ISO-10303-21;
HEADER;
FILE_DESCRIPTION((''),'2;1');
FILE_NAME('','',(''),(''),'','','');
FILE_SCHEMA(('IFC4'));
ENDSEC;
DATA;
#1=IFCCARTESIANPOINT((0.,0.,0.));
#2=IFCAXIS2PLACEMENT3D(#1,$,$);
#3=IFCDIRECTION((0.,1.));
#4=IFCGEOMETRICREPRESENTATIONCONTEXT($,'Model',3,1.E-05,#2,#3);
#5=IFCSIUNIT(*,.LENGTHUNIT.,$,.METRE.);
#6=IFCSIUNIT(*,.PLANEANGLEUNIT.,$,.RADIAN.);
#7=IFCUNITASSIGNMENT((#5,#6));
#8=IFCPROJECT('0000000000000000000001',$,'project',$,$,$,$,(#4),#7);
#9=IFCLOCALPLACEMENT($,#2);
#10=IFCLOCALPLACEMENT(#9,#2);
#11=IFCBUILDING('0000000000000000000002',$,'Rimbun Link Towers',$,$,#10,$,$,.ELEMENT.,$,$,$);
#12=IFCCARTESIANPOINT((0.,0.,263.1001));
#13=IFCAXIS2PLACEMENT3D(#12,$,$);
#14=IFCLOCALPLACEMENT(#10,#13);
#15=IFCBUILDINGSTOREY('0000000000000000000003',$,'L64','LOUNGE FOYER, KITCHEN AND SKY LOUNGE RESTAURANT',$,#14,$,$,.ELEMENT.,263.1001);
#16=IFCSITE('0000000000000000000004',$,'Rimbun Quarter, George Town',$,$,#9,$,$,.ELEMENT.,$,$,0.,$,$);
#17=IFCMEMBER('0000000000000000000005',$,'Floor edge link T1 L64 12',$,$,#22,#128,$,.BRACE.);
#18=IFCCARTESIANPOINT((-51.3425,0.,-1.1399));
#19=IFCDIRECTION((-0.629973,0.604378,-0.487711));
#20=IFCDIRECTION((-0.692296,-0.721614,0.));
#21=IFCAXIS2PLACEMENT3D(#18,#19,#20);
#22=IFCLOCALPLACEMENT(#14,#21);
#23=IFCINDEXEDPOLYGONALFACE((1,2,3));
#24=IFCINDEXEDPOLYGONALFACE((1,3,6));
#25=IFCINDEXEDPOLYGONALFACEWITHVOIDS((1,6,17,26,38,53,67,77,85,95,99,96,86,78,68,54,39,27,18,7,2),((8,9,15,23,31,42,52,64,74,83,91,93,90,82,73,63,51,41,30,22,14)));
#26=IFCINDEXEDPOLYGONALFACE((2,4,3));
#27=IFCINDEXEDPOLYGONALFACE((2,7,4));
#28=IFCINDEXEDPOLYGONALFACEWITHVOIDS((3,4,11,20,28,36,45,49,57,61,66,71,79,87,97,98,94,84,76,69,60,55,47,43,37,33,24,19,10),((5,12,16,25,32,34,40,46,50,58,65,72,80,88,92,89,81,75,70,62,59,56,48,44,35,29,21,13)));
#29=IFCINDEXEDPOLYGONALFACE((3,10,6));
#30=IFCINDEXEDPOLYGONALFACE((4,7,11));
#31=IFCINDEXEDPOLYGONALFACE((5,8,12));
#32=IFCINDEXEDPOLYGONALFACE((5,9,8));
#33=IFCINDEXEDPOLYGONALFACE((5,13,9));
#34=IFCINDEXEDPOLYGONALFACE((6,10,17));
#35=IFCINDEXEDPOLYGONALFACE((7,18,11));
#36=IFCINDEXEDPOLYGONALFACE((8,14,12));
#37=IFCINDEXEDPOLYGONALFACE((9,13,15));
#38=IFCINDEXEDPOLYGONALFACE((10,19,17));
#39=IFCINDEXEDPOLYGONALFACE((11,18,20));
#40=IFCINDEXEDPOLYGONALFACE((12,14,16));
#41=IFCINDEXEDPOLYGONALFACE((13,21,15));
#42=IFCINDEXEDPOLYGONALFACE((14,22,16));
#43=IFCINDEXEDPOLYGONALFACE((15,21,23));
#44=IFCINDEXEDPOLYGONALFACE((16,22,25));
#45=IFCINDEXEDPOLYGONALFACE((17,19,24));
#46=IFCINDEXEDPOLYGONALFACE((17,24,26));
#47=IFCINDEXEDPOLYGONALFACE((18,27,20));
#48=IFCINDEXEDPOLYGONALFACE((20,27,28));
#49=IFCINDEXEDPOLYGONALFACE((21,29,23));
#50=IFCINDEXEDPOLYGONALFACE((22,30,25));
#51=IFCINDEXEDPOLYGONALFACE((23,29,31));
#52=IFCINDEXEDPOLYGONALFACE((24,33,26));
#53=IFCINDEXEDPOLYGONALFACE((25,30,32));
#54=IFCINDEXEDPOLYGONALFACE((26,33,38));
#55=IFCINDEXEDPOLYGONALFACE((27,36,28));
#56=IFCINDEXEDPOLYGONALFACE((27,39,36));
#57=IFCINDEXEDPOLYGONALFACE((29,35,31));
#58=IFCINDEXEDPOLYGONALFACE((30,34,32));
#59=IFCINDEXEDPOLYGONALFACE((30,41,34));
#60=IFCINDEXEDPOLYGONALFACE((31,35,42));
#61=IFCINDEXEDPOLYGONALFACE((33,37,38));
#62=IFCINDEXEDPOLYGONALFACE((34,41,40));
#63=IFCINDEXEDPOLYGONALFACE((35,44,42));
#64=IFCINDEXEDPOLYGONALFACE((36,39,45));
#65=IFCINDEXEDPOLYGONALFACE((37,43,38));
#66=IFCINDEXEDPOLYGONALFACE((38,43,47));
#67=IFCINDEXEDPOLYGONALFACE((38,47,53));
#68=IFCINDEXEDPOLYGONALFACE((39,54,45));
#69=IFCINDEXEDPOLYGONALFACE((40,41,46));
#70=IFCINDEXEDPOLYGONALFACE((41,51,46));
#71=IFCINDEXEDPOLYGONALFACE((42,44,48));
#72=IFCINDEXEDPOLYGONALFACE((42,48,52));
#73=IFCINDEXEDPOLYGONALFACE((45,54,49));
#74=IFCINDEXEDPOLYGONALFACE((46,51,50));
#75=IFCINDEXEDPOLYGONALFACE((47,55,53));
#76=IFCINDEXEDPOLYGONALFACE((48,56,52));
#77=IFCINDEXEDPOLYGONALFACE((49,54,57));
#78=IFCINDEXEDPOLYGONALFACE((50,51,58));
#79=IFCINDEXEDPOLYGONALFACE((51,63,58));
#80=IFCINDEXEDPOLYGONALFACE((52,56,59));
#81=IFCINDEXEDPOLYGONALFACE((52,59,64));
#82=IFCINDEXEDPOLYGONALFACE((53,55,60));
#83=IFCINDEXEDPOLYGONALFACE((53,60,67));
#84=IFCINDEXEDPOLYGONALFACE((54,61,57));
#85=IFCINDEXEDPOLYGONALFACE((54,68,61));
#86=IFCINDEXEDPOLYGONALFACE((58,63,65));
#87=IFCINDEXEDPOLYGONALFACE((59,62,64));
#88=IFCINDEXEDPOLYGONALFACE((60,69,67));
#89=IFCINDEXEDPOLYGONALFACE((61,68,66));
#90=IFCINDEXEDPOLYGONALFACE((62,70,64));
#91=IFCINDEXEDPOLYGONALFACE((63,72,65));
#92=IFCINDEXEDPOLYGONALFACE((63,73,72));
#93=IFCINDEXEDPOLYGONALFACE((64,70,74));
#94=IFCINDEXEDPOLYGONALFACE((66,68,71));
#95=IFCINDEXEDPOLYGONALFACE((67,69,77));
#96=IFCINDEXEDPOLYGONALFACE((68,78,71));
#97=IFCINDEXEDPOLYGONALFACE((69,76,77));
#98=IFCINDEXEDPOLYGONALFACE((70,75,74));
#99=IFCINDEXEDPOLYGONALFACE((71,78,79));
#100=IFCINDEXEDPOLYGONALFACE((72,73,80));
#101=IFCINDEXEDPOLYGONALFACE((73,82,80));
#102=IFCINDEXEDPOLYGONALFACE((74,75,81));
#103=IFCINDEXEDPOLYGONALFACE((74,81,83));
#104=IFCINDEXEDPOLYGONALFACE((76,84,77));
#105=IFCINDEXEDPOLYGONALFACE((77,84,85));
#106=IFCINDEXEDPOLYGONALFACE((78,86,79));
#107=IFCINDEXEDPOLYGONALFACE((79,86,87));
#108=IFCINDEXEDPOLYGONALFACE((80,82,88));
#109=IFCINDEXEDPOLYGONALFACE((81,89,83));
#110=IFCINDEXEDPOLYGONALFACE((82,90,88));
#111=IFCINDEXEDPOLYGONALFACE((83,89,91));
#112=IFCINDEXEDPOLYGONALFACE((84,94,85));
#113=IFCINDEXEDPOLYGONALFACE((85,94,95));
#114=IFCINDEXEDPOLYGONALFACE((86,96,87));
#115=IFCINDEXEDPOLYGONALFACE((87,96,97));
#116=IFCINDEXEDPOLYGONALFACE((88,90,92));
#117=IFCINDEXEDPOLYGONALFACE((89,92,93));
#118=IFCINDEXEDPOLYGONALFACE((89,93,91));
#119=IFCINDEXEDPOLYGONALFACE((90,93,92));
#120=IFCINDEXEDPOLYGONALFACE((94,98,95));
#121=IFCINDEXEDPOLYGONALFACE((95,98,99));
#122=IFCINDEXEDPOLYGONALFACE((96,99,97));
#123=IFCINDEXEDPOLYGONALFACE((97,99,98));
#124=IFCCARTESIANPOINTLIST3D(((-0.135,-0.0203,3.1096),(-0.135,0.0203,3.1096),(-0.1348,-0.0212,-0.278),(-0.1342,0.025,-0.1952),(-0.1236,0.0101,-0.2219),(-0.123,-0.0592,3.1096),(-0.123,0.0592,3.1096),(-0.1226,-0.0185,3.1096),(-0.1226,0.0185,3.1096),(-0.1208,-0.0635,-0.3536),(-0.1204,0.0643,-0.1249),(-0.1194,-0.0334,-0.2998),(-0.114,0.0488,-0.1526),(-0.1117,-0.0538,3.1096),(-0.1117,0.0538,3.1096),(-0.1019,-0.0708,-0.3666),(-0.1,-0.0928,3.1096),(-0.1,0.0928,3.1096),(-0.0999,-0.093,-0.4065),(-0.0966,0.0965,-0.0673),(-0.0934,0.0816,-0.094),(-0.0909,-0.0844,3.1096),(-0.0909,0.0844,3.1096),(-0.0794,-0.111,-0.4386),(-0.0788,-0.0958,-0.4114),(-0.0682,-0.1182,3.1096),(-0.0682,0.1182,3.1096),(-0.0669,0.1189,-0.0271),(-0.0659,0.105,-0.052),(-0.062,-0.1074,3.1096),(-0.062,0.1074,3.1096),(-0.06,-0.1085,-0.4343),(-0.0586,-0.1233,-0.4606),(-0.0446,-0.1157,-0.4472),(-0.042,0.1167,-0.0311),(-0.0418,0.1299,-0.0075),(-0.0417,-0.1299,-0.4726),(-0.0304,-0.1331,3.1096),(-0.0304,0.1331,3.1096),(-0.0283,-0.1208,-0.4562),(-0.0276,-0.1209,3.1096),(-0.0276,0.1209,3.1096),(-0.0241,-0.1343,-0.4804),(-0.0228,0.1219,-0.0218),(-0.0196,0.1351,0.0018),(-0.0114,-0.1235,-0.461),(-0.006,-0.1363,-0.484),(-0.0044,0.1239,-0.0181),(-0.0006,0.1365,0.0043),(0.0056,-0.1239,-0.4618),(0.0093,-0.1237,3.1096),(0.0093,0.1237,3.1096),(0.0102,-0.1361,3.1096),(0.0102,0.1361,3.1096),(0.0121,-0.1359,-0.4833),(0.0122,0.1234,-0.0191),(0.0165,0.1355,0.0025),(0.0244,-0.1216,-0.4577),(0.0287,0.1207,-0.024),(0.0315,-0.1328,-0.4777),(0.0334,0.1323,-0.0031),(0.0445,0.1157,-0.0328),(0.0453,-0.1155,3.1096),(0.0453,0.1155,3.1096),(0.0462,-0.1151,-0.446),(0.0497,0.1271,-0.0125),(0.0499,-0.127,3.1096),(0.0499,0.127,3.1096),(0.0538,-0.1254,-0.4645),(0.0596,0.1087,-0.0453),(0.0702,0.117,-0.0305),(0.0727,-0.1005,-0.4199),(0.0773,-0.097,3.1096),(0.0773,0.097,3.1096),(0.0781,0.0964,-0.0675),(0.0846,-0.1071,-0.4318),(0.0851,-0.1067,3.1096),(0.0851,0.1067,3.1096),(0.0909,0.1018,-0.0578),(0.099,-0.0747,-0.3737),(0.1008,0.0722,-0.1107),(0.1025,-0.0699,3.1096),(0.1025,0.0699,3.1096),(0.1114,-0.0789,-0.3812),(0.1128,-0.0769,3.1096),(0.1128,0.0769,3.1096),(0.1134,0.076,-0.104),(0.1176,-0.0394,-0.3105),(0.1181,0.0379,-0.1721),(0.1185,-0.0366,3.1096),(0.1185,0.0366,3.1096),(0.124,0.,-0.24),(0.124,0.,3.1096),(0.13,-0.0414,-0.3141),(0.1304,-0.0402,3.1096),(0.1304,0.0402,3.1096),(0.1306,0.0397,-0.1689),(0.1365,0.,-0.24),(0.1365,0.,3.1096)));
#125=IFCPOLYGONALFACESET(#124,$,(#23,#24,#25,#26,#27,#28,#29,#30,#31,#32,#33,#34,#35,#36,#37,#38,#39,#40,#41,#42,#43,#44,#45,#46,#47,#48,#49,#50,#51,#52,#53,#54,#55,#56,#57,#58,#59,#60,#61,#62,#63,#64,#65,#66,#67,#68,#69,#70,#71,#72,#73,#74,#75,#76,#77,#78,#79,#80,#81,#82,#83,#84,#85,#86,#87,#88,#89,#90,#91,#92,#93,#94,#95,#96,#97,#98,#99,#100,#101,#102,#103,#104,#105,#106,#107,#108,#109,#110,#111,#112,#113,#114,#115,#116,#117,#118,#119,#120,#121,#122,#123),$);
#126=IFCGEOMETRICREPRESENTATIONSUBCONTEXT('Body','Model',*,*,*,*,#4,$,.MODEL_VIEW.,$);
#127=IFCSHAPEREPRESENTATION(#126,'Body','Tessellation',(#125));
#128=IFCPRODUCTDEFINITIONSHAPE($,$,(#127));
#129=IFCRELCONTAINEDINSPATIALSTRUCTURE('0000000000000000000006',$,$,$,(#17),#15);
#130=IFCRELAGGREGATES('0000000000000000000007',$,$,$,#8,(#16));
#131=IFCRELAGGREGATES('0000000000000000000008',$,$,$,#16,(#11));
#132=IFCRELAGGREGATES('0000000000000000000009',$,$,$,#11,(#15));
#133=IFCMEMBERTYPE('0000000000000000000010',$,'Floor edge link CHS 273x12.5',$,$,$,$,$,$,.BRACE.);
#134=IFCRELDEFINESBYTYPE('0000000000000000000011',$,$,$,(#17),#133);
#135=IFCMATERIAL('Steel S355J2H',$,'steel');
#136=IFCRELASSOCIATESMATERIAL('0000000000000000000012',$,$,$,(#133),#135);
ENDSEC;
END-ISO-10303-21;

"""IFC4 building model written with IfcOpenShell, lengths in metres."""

from ifc_helpers import new_model, si_unit, direction, frame, origin, origin_2d, place, context, subcontext, project, spatial, hollow_circle, extrude, clip, halfspace, material, material_profile, profile_set, type_object, element, save


model = new_model("IFC4")

# Units and contexts
model_context = context("Model", 3, precision=1e-05, world=origin(), true_north=direction((0.0, 1.0)))
body_context = subcontext(model_context, "Body", "Model", "MODEL_VIEW")
ifc_project = project(units=[si_unit("LENGTHUNIT", "METRE"), si_unit("PLANEANGLEUNIT", "RADIAN")], contexts=[model_context])

# Site, building, storey
site_placement = place(None, origin())
site = spatial("IfcSite", under=ifc_project, at=site_placement, Name="Rimbun Quarter, George Town", CompositionType="ELEMENT", RefElevation=0.0)
building_placement = place(site_placement, origin())
building = spatial("IfcBuilding", under=site, at=building_placement, Name="Rimbun Link Towers", CompositionType="ELEMENT")
storey_placement = place(building_placement, frame((0.0, 0.0, 263.1001)))
storey = spatial("IfcBuildingStorey", under=building, at=storey_placement, Name="L64", Description="LOUNGE FOYER, KITCHEN AND SKY LOUNGE RESTAURANT", CompositionType="ELEMENT", Elevation=263.1001)

# Member
ifc_material_1 = material(Name="Steel S355J2H", Category="steel")
ifc_material_profile_1 = material_profile(ifc_material_1, hollow_circle(Radius=0.1365, WallThickness=0.0125, at=origin_2d()), Name="CHS 273x12.5")
ifc_profile_set_1 = profile_set([ifc_material_profile_1], Name="Steel S355J2H")
member_type_1 = type_object("IfcMemberType", Name="Floor edge link CHS 273x12.5", PredefinedType="BRACE", material=ifc_profile_set_1)
member_1_placement = place(storey_placement, frame((-51.3425, 0.0, -1.1399), z_axis=(-0.629973, 0.604378, -0.487711), x_axis=(-0.692296, -0.721614, 0.0)))
element("IfcMember", 1, at=member_1_placement, inside=storey, type_object=member_type_1, Name="Floor edge link T1 L64 12", PredefinedType="BRACE", context=body_context, shape_type="Clipping", body=[
    clip(extrude(hollow_circle(Radius=0.1365, WallThickness=0.0125, at=origin_2d()), frame((0.0, 0.0, -0.509)), (0.0, 0.0, 1.0), 3.6187), halfspace(frame((0.0, 0.0, -0.24), z_axis=(0.0, 0.873005, -0.487711)), False)),
])

save(model, "model.ifc")
